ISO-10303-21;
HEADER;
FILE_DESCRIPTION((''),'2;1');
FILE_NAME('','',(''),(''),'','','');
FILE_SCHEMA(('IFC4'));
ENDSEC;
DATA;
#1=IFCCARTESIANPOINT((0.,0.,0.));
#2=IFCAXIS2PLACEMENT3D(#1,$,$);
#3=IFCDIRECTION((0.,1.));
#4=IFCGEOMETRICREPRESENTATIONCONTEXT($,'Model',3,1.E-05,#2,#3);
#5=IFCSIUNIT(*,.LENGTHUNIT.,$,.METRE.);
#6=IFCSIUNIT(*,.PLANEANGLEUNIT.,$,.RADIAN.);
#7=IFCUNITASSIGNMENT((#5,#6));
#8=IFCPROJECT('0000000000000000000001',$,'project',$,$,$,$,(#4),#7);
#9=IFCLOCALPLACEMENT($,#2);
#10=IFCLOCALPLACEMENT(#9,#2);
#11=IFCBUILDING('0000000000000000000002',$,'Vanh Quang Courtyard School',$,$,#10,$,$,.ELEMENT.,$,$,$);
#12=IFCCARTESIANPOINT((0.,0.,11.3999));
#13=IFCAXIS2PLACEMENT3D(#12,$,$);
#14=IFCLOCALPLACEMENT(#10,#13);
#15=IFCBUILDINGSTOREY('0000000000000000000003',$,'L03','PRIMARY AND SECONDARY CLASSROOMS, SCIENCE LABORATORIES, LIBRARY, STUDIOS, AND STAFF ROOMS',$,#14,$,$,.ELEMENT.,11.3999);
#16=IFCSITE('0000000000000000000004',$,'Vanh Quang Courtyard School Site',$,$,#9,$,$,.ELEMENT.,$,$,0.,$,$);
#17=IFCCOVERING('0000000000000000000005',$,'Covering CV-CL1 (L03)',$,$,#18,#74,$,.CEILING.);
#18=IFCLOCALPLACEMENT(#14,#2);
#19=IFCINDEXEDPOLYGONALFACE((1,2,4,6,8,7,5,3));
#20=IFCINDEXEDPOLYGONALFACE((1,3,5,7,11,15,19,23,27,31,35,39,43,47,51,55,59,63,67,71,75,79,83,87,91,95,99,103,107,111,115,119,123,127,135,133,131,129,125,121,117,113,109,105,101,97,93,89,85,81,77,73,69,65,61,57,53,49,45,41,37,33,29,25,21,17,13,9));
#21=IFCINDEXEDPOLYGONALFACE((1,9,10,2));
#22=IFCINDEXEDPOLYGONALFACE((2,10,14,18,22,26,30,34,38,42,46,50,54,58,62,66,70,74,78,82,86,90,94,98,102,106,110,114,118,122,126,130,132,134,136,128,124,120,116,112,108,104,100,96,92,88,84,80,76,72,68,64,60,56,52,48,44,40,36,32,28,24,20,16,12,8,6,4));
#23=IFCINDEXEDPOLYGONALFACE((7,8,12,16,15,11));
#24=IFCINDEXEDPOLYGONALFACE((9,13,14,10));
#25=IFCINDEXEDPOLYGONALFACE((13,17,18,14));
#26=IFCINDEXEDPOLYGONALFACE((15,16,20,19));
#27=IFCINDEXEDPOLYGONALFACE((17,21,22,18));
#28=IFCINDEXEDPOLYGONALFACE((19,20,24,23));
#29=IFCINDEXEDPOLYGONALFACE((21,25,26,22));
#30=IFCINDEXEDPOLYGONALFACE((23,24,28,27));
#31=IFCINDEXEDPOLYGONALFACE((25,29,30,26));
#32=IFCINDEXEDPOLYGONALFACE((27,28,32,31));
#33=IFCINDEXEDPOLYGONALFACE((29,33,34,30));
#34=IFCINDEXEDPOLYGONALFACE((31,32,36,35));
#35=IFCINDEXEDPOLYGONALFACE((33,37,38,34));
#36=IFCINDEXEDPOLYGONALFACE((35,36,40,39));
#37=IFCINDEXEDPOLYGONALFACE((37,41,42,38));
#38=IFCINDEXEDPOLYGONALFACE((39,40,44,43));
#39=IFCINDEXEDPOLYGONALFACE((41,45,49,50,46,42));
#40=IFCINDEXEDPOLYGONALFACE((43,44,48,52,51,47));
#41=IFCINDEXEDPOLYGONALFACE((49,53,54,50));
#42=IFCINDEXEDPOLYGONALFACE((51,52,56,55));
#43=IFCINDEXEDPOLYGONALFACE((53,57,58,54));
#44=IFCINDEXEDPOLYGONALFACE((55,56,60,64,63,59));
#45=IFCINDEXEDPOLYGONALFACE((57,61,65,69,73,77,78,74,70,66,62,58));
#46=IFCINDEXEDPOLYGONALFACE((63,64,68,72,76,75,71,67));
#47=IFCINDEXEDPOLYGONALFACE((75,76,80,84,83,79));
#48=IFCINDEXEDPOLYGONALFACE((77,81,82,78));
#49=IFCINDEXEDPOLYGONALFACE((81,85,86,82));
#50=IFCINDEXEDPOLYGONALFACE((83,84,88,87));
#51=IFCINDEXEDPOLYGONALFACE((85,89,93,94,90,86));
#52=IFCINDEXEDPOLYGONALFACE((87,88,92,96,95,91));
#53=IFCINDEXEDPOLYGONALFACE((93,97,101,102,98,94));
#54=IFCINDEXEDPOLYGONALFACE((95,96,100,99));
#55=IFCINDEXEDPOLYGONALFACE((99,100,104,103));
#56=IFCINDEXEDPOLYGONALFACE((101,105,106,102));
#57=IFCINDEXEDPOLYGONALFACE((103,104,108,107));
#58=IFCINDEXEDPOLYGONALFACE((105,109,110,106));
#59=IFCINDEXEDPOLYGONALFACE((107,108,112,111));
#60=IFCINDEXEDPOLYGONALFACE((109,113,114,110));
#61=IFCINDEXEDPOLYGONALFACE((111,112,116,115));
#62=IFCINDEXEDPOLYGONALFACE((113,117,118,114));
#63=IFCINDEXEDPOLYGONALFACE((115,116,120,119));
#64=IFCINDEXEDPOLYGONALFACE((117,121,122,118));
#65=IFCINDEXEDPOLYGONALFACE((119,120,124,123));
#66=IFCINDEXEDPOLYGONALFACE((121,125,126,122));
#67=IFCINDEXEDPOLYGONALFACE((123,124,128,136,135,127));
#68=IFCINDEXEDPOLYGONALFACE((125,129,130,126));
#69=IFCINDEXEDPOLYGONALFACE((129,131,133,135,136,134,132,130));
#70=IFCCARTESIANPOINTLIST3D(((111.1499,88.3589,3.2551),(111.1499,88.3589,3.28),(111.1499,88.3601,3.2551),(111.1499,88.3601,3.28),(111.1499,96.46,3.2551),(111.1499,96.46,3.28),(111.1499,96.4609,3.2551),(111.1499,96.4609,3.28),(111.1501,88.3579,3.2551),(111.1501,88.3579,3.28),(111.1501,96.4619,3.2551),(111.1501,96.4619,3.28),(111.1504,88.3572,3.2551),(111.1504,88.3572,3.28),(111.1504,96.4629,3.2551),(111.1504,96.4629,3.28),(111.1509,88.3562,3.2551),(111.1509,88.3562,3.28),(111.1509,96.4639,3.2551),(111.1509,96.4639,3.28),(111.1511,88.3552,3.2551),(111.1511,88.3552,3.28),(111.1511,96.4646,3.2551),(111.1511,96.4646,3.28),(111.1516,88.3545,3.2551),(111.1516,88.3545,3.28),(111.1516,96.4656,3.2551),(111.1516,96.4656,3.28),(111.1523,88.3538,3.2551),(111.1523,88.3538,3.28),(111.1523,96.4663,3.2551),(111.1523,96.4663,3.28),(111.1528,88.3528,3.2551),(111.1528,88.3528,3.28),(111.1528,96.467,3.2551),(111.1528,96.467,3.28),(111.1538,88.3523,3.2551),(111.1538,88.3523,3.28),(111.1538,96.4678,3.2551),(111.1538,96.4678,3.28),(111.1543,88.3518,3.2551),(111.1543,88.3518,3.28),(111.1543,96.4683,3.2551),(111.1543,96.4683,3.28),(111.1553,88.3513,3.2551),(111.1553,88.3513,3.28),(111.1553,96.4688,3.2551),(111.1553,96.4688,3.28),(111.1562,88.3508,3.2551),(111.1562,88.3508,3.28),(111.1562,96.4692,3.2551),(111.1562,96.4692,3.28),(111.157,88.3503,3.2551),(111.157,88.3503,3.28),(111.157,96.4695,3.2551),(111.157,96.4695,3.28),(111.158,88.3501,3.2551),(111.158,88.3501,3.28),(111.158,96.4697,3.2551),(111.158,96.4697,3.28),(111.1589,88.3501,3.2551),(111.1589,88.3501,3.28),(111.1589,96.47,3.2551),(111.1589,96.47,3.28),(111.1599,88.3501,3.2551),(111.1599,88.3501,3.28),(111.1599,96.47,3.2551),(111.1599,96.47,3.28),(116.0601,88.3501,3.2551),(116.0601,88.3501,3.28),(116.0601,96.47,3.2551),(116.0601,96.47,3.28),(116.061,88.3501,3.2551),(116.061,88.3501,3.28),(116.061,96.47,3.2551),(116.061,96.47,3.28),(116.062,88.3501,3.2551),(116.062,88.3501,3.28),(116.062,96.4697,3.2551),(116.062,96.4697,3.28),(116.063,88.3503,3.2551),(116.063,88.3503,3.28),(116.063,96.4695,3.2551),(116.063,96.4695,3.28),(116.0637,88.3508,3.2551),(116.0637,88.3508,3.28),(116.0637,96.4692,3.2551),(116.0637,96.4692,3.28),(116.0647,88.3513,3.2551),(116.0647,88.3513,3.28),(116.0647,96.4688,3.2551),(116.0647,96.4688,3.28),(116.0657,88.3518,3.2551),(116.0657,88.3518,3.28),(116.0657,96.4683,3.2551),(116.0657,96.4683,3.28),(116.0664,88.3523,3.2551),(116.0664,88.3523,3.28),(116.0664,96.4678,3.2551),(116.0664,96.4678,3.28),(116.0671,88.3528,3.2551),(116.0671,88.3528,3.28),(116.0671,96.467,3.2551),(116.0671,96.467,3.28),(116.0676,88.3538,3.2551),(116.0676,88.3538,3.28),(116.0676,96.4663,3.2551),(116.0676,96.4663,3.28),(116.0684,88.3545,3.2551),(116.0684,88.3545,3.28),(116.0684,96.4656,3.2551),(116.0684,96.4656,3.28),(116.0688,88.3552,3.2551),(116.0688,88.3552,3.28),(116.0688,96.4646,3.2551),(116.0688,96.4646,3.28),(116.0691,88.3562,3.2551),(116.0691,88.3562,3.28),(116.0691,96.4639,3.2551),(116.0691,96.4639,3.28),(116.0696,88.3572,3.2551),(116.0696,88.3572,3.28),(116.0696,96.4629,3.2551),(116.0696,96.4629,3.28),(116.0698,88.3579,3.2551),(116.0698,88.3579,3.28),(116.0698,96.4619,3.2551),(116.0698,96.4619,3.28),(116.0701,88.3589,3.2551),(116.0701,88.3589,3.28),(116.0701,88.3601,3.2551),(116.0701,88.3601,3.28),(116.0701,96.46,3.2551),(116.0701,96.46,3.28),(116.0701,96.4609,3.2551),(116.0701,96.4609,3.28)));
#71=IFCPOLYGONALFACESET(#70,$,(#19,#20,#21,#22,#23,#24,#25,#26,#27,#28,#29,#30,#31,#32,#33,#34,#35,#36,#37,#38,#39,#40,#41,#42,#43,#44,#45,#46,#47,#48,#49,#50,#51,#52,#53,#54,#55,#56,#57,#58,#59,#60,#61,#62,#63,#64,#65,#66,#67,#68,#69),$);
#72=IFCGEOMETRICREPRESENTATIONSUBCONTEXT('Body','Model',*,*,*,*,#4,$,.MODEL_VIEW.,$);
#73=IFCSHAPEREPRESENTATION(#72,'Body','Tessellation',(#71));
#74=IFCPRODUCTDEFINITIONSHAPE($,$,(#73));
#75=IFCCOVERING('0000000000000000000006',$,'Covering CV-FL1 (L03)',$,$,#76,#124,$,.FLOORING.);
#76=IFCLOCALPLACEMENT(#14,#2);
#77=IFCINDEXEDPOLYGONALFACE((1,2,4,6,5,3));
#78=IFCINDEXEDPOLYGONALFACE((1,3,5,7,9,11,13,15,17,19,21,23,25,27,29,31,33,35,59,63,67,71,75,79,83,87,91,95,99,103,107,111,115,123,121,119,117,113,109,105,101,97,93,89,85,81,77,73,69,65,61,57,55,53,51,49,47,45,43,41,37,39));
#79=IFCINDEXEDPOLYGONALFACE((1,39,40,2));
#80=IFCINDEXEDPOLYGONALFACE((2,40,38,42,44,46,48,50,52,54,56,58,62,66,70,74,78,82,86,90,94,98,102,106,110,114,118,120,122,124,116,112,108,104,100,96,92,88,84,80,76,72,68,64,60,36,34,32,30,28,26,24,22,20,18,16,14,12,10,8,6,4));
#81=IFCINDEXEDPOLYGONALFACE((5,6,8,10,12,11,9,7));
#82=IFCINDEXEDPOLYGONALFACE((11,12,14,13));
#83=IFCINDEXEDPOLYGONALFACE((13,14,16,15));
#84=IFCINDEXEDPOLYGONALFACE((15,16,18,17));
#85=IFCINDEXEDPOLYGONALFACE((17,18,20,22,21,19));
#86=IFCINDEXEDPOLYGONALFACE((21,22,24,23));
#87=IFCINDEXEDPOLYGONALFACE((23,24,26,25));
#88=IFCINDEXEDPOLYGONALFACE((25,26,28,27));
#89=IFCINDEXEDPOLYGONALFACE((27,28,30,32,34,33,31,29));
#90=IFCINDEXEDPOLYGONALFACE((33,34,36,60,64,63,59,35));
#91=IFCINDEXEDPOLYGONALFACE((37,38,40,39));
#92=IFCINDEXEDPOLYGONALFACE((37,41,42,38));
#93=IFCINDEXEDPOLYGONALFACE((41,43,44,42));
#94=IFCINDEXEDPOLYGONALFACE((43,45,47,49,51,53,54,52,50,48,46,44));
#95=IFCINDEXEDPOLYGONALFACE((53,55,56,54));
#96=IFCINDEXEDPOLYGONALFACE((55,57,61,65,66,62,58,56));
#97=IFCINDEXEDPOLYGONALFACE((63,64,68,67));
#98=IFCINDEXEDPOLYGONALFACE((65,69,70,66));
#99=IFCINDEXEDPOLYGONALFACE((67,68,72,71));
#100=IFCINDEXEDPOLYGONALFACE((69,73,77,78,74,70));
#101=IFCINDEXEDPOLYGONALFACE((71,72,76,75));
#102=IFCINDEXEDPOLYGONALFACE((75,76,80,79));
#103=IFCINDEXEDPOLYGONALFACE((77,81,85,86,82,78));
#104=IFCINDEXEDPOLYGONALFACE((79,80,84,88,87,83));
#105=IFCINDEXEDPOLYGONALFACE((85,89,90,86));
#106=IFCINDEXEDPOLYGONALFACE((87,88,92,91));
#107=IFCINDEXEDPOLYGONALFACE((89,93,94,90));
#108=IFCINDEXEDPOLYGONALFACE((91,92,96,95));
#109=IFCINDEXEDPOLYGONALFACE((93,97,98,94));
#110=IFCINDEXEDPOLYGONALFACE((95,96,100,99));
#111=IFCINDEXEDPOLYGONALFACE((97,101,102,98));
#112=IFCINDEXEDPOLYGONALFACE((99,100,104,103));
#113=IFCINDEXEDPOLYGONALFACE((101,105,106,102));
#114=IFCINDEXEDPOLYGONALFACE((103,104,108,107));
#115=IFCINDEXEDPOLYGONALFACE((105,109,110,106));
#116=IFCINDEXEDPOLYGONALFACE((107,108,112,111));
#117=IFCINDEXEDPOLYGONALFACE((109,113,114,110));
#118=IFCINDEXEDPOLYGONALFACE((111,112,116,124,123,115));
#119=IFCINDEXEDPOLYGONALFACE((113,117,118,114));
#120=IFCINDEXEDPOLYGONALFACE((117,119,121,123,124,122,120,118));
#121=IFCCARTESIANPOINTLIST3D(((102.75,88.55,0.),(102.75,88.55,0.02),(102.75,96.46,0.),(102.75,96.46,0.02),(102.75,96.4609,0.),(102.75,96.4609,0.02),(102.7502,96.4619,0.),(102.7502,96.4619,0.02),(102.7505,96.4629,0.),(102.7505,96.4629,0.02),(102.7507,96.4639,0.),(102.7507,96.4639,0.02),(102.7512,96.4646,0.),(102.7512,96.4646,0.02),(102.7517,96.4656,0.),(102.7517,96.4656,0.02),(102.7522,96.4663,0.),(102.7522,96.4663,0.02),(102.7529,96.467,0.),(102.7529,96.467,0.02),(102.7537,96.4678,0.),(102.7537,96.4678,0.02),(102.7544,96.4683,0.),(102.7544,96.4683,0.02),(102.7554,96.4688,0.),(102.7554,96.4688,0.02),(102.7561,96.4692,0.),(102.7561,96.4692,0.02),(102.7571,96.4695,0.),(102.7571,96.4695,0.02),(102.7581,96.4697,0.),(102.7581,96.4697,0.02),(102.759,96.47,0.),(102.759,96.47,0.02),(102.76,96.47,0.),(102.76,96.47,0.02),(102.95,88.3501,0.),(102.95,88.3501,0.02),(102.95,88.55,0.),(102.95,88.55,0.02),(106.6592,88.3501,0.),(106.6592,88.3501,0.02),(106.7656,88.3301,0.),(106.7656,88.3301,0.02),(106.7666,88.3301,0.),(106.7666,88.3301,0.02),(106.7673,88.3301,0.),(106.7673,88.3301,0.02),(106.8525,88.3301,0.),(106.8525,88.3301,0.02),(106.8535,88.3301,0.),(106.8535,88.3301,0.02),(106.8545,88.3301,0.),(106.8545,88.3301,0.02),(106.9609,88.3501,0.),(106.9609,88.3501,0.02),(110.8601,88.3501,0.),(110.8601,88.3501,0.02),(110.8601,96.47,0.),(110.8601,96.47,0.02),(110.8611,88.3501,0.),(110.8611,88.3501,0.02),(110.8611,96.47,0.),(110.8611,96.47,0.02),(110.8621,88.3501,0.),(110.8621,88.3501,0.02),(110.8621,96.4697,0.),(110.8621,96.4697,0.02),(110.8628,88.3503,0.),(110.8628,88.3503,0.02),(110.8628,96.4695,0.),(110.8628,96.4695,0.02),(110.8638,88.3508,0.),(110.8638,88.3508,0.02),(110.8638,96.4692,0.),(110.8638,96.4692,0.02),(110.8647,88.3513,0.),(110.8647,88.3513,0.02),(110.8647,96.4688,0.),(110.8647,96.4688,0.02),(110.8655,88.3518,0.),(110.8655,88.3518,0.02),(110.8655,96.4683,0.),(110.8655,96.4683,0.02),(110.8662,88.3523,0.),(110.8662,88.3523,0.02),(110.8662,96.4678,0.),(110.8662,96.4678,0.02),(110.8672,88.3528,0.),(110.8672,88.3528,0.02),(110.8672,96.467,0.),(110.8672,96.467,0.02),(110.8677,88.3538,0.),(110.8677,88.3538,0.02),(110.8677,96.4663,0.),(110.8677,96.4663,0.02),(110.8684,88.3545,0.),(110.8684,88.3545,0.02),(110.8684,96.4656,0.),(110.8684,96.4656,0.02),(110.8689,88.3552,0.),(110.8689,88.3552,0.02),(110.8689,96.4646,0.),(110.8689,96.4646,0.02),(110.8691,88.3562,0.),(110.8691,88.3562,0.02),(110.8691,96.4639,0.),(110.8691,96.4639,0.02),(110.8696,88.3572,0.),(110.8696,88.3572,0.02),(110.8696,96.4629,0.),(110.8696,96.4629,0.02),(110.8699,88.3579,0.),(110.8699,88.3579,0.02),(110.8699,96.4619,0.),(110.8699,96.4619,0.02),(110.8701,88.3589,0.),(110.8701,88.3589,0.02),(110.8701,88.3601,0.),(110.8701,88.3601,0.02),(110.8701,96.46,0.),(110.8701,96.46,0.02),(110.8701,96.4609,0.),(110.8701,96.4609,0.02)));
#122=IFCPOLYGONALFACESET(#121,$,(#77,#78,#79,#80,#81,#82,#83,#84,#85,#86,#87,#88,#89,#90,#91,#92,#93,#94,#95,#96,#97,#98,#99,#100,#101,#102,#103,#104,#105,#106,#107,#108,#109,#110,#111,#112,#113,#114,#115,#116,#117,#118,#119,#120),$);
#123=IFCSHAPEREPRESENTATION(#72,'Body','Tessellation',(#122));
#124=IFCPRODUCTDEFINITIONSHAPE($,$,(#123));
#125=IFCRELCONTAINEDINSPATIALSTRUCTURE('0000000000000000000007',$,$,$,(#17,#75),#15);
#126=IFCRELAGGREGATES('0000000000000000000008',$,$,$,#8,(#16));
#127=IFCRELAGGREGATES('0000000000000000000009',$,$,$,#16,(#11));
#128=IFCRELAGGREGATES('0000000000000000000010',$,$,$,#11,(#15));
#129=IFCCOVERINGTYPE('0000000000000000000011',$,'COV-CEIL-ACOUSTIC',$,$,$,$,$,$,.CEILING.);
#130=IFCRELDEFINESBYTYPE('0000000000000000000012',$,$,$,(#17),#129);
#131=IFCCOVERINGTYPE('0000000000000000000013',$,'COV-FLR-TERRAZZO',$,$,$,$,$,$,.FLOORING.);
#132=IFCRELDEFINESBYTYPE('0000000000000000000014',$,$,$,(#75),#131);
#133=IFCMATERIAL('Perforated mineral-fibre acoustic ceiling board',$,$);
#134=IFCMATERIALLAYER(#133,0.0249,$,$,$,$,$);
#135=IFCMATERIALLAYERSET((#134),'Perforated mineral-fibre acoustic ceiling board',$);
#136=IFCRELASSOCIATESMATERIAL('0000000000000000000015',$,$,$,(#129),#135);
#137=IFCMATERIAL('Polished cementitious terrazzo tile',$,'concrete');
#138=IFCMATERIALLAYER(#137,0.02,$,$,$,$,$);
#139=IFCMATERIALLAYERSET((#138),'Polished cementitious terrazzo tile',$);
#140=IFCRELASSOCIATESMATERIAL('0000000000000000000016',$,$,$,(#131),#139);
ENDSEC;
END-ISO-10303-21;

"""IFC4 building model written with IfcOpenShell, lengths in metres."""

from ifc_helpers import new_model, si_unit, direction, frame, origin, place, context, subcontext, project, spatial, polyline, outline, extrude, material, layer, layer_set, type_object, element, save


model = new_model("IFC4")

# Units and contexts
model_context = context("Model", 3, precision=1e-05, world=origin(), true_north=direction((0.0, 1.0)))
body_context = subcontext(model_context, "Body", "Model", "MODEL_VIEW")
ifc_project = project(units=[si_unit("LENGTHUNIT", "METRE"), si_unit("PLANEANGLEUNIT", "RADIAN")], contexts=[model_context])

# Site, building, storey
site_placement = place(None, origin())
site = spatial("IfcSite", under=ifc_project, at=site_placement, Name="Vanh Quang Courtyard School Site", CompositionType="ELEMENT", RefElevation=0.0)
building_placement = place(site_placement, origin())
building = spatial("IfcBuilding", under=site, at=building_placement, Name="Vanh Quang Courtyard School", CompositionType="ELEMENT")
storey_placement = place(building_placement, frame((0.0, 0.0, 11.3999)))
storey = spatial("IfcBuildingStorey", under=building, at=storey_placement, Name="L03", Description="PRIMARY AND SECONDARY CLASSROOMS, SCIENCE LABORATORIES, LIBRARY, STUDIOS, AND STAFF ROOMS", CompositionType="ELEMENT", Elevation=11.3999)

# Coverings
ifc_material_1 = material(Name="Perforated mineral-fibre acoustic ceiling board")
ifc_layer_1 = layer(ifc_material_1, 0.0249)
ifc_layer_set_1 = layer_set([ifc_layer_1], Name="Perforated mineral-fibre acoustic ceiling board")
covering_type_1 = type_object("IfcCoveringType", Name="COV-CEIL-ACOUSTIC", PredefinedType="CEILING", material=ifc_layer_set_1)
covering_1_placement = place(storey_placement, frame((0.0, 0.0, 3.2551)))
element("IfcCovering", 1, at=covering_1_placement, inside=storey, type_object=covering_type_1, Name="Covering CV-CL1 (L03)", PredefinedType="CEILING", context=body_context, shape_type="SweptSolid", body=[
    extrude(outline(polyline([(111.1599, 88.3501), (111.1589, 88.3501), (111.158, 88.3501), (111.157, 88.3503), (111.1562, 88.3508), (111.1553, 88.3513), (111.1543, 88.3518), (111.1538, 88.3523), (111.1528, 88.3528), (111.1523, 88.3538), (111.1516, 88.3545), (111.1511, 88.3552), (111.1509, 88.3562), (111.1504, 88.3572), (111.1501, 88.3579), (111.1499, 88.3589), (111.1499, 88.3601), (111.1499, 96.46), (111.1499, 96.4609), (111.1501, 96.4619), (111.1504, 96.4629), (111.1509, 96.4639), (111.1511, 96.4646), (111.1516, 96.4656), (111.1523, 96.4663), (111.1528, 96.467), (111.1538, 96.4678), (111.1543, 96.4683), (111.1553, 96.4688), (111.1562, 96.4692), (111.157, 96.4695), (111.158, 96.4697), (111.1589, 96.47), (111.1599, 96.47), (116.0601, 96.47), (116.061, 96.47), (116.062, 96.4697), (116.063, 96.4695), (116.0637, 96.4692), (116.0647, 96.4688), (116.0657, 96.4683), (116.0664, 96.4678), (116.0671, 96.467), (116.0676, 96.4663), (116.0684, 96.4656), (116.0688, 96.4646), (116.0691, 96.4639), (116.0696, 96.4629), (116.0698, 96.4619), (116.0701, 96.4609), (116.0701, 96.46), (116.0701, 88.3601), (116.0701, 88.3589), (116.0698, 88.3579), (116.0696, 88.3572), (116.0691, 88.3562), (116.0688, 88.3552), (116.0684, 88.3545), (116.0676, 88.3538), (116.0671, 88.3528), (116.0664, 88.3523), (116.0657, 88.3518), (116.0647, 88.3513), (116.0637, 88.3508), (116.063, 88.3503), (116.062, 88.3501), (116.061, 88.3501), (116.0601, 88.3501), (111.1599, 88.3501)])), origin(), (0.0, 0.0, 1.0), 0.0249),
])
ifc_material_2 = material(Name="Polished cementitious terrazzo tile", Category="concrete")
ifc_layer_2 = layer(ifc_material_2, 0.02)
ifc_layer_set_2 = layer_set([ifc_layer_2], Name="Polished cementitious terrazzo tile")
covering_type_2 = type_object("IfcCoveringType", Name="COV-FLR-TERRAZZO", PredefinedType="FLOORING", material=ifc_layer_set_2)
covering_2_placement = place(storey_placement, origin())
element("IfcCovering", 2, at=covering_2_placement, inside=storey, type_object=covering_type_2, Name="Covering CV-FL1 (L03)", PredefinedType="FLOORING", context=body_context, shape_type="SweptSolid", body=[
    extrude(outline(polyline([(102.95, 88.3501), (102.95, 88.55), (102.75, 88.55), (102.75, 96.46), (102.75, 96.4609), (102.7502, 96.4619), (102.7505, 96.4629), (102.7507, 96.4639), (102.7512, 96.4646), (102.7517, 96.4656), (102.7522, 96.4663), (102.7529, 96.467), (102.7537, 96.4678), (102.7544, 96.4683), (102.7554, 96.4688), (102.7561, 96.4692), (102.7571, 96.4695), (102.7581, 96.4697), (102.759, 96.47), (102.76, 96.47), (110.8601, 96.47), (110.8611, 96.47), (110.8621, 96.4697), (110.8628, 96.4695), (110.8638, 96.4692), (110.8647, 96.4688), (110.8655, 96.4683), (110.8662, 96.4678), (110.8672, 96.467), (110.8677, 96.4663), (110.8684, 96.4656), (110.8689, 96.4646), (110.8691, 96.4639), (110.8696, 96.4629), (110.8699, 96.4619), (110.8701, 96.4609), (110.8701, 96.46), (110.8701, 88.3601), (110.8701, 88.3589), (110.8699, 88.3579), (110.8696, 88.3572), (110.8691, 88.3562), (110.8689, 88.3552), (110.8684, 88.3545), (110.8677, 88.3538), (110.8672, 88.3528), (110.8662, 88.3523), (110.8655, 88.3518), (110.8647, 88.3513), (110.8638, 88.3508), (110.8628, 88.3503), (110.8621, 88.3501), (110.8611, 88.3501), (110.8601, 88.3501), (106.9609, 88.3501), (106.8545, 88.3301), (106.8535, 88.3301), (106.8525, 88.3301), (106.7673, 88.3301), (106.7666, 88.3301), (106.7656, 88.3301), (106.6592, 88.3501), (102.95, 88.3501)])), origin(), (0.0, 0.0, 1.0), 0.02),
])

save(model, "model.ifc")
